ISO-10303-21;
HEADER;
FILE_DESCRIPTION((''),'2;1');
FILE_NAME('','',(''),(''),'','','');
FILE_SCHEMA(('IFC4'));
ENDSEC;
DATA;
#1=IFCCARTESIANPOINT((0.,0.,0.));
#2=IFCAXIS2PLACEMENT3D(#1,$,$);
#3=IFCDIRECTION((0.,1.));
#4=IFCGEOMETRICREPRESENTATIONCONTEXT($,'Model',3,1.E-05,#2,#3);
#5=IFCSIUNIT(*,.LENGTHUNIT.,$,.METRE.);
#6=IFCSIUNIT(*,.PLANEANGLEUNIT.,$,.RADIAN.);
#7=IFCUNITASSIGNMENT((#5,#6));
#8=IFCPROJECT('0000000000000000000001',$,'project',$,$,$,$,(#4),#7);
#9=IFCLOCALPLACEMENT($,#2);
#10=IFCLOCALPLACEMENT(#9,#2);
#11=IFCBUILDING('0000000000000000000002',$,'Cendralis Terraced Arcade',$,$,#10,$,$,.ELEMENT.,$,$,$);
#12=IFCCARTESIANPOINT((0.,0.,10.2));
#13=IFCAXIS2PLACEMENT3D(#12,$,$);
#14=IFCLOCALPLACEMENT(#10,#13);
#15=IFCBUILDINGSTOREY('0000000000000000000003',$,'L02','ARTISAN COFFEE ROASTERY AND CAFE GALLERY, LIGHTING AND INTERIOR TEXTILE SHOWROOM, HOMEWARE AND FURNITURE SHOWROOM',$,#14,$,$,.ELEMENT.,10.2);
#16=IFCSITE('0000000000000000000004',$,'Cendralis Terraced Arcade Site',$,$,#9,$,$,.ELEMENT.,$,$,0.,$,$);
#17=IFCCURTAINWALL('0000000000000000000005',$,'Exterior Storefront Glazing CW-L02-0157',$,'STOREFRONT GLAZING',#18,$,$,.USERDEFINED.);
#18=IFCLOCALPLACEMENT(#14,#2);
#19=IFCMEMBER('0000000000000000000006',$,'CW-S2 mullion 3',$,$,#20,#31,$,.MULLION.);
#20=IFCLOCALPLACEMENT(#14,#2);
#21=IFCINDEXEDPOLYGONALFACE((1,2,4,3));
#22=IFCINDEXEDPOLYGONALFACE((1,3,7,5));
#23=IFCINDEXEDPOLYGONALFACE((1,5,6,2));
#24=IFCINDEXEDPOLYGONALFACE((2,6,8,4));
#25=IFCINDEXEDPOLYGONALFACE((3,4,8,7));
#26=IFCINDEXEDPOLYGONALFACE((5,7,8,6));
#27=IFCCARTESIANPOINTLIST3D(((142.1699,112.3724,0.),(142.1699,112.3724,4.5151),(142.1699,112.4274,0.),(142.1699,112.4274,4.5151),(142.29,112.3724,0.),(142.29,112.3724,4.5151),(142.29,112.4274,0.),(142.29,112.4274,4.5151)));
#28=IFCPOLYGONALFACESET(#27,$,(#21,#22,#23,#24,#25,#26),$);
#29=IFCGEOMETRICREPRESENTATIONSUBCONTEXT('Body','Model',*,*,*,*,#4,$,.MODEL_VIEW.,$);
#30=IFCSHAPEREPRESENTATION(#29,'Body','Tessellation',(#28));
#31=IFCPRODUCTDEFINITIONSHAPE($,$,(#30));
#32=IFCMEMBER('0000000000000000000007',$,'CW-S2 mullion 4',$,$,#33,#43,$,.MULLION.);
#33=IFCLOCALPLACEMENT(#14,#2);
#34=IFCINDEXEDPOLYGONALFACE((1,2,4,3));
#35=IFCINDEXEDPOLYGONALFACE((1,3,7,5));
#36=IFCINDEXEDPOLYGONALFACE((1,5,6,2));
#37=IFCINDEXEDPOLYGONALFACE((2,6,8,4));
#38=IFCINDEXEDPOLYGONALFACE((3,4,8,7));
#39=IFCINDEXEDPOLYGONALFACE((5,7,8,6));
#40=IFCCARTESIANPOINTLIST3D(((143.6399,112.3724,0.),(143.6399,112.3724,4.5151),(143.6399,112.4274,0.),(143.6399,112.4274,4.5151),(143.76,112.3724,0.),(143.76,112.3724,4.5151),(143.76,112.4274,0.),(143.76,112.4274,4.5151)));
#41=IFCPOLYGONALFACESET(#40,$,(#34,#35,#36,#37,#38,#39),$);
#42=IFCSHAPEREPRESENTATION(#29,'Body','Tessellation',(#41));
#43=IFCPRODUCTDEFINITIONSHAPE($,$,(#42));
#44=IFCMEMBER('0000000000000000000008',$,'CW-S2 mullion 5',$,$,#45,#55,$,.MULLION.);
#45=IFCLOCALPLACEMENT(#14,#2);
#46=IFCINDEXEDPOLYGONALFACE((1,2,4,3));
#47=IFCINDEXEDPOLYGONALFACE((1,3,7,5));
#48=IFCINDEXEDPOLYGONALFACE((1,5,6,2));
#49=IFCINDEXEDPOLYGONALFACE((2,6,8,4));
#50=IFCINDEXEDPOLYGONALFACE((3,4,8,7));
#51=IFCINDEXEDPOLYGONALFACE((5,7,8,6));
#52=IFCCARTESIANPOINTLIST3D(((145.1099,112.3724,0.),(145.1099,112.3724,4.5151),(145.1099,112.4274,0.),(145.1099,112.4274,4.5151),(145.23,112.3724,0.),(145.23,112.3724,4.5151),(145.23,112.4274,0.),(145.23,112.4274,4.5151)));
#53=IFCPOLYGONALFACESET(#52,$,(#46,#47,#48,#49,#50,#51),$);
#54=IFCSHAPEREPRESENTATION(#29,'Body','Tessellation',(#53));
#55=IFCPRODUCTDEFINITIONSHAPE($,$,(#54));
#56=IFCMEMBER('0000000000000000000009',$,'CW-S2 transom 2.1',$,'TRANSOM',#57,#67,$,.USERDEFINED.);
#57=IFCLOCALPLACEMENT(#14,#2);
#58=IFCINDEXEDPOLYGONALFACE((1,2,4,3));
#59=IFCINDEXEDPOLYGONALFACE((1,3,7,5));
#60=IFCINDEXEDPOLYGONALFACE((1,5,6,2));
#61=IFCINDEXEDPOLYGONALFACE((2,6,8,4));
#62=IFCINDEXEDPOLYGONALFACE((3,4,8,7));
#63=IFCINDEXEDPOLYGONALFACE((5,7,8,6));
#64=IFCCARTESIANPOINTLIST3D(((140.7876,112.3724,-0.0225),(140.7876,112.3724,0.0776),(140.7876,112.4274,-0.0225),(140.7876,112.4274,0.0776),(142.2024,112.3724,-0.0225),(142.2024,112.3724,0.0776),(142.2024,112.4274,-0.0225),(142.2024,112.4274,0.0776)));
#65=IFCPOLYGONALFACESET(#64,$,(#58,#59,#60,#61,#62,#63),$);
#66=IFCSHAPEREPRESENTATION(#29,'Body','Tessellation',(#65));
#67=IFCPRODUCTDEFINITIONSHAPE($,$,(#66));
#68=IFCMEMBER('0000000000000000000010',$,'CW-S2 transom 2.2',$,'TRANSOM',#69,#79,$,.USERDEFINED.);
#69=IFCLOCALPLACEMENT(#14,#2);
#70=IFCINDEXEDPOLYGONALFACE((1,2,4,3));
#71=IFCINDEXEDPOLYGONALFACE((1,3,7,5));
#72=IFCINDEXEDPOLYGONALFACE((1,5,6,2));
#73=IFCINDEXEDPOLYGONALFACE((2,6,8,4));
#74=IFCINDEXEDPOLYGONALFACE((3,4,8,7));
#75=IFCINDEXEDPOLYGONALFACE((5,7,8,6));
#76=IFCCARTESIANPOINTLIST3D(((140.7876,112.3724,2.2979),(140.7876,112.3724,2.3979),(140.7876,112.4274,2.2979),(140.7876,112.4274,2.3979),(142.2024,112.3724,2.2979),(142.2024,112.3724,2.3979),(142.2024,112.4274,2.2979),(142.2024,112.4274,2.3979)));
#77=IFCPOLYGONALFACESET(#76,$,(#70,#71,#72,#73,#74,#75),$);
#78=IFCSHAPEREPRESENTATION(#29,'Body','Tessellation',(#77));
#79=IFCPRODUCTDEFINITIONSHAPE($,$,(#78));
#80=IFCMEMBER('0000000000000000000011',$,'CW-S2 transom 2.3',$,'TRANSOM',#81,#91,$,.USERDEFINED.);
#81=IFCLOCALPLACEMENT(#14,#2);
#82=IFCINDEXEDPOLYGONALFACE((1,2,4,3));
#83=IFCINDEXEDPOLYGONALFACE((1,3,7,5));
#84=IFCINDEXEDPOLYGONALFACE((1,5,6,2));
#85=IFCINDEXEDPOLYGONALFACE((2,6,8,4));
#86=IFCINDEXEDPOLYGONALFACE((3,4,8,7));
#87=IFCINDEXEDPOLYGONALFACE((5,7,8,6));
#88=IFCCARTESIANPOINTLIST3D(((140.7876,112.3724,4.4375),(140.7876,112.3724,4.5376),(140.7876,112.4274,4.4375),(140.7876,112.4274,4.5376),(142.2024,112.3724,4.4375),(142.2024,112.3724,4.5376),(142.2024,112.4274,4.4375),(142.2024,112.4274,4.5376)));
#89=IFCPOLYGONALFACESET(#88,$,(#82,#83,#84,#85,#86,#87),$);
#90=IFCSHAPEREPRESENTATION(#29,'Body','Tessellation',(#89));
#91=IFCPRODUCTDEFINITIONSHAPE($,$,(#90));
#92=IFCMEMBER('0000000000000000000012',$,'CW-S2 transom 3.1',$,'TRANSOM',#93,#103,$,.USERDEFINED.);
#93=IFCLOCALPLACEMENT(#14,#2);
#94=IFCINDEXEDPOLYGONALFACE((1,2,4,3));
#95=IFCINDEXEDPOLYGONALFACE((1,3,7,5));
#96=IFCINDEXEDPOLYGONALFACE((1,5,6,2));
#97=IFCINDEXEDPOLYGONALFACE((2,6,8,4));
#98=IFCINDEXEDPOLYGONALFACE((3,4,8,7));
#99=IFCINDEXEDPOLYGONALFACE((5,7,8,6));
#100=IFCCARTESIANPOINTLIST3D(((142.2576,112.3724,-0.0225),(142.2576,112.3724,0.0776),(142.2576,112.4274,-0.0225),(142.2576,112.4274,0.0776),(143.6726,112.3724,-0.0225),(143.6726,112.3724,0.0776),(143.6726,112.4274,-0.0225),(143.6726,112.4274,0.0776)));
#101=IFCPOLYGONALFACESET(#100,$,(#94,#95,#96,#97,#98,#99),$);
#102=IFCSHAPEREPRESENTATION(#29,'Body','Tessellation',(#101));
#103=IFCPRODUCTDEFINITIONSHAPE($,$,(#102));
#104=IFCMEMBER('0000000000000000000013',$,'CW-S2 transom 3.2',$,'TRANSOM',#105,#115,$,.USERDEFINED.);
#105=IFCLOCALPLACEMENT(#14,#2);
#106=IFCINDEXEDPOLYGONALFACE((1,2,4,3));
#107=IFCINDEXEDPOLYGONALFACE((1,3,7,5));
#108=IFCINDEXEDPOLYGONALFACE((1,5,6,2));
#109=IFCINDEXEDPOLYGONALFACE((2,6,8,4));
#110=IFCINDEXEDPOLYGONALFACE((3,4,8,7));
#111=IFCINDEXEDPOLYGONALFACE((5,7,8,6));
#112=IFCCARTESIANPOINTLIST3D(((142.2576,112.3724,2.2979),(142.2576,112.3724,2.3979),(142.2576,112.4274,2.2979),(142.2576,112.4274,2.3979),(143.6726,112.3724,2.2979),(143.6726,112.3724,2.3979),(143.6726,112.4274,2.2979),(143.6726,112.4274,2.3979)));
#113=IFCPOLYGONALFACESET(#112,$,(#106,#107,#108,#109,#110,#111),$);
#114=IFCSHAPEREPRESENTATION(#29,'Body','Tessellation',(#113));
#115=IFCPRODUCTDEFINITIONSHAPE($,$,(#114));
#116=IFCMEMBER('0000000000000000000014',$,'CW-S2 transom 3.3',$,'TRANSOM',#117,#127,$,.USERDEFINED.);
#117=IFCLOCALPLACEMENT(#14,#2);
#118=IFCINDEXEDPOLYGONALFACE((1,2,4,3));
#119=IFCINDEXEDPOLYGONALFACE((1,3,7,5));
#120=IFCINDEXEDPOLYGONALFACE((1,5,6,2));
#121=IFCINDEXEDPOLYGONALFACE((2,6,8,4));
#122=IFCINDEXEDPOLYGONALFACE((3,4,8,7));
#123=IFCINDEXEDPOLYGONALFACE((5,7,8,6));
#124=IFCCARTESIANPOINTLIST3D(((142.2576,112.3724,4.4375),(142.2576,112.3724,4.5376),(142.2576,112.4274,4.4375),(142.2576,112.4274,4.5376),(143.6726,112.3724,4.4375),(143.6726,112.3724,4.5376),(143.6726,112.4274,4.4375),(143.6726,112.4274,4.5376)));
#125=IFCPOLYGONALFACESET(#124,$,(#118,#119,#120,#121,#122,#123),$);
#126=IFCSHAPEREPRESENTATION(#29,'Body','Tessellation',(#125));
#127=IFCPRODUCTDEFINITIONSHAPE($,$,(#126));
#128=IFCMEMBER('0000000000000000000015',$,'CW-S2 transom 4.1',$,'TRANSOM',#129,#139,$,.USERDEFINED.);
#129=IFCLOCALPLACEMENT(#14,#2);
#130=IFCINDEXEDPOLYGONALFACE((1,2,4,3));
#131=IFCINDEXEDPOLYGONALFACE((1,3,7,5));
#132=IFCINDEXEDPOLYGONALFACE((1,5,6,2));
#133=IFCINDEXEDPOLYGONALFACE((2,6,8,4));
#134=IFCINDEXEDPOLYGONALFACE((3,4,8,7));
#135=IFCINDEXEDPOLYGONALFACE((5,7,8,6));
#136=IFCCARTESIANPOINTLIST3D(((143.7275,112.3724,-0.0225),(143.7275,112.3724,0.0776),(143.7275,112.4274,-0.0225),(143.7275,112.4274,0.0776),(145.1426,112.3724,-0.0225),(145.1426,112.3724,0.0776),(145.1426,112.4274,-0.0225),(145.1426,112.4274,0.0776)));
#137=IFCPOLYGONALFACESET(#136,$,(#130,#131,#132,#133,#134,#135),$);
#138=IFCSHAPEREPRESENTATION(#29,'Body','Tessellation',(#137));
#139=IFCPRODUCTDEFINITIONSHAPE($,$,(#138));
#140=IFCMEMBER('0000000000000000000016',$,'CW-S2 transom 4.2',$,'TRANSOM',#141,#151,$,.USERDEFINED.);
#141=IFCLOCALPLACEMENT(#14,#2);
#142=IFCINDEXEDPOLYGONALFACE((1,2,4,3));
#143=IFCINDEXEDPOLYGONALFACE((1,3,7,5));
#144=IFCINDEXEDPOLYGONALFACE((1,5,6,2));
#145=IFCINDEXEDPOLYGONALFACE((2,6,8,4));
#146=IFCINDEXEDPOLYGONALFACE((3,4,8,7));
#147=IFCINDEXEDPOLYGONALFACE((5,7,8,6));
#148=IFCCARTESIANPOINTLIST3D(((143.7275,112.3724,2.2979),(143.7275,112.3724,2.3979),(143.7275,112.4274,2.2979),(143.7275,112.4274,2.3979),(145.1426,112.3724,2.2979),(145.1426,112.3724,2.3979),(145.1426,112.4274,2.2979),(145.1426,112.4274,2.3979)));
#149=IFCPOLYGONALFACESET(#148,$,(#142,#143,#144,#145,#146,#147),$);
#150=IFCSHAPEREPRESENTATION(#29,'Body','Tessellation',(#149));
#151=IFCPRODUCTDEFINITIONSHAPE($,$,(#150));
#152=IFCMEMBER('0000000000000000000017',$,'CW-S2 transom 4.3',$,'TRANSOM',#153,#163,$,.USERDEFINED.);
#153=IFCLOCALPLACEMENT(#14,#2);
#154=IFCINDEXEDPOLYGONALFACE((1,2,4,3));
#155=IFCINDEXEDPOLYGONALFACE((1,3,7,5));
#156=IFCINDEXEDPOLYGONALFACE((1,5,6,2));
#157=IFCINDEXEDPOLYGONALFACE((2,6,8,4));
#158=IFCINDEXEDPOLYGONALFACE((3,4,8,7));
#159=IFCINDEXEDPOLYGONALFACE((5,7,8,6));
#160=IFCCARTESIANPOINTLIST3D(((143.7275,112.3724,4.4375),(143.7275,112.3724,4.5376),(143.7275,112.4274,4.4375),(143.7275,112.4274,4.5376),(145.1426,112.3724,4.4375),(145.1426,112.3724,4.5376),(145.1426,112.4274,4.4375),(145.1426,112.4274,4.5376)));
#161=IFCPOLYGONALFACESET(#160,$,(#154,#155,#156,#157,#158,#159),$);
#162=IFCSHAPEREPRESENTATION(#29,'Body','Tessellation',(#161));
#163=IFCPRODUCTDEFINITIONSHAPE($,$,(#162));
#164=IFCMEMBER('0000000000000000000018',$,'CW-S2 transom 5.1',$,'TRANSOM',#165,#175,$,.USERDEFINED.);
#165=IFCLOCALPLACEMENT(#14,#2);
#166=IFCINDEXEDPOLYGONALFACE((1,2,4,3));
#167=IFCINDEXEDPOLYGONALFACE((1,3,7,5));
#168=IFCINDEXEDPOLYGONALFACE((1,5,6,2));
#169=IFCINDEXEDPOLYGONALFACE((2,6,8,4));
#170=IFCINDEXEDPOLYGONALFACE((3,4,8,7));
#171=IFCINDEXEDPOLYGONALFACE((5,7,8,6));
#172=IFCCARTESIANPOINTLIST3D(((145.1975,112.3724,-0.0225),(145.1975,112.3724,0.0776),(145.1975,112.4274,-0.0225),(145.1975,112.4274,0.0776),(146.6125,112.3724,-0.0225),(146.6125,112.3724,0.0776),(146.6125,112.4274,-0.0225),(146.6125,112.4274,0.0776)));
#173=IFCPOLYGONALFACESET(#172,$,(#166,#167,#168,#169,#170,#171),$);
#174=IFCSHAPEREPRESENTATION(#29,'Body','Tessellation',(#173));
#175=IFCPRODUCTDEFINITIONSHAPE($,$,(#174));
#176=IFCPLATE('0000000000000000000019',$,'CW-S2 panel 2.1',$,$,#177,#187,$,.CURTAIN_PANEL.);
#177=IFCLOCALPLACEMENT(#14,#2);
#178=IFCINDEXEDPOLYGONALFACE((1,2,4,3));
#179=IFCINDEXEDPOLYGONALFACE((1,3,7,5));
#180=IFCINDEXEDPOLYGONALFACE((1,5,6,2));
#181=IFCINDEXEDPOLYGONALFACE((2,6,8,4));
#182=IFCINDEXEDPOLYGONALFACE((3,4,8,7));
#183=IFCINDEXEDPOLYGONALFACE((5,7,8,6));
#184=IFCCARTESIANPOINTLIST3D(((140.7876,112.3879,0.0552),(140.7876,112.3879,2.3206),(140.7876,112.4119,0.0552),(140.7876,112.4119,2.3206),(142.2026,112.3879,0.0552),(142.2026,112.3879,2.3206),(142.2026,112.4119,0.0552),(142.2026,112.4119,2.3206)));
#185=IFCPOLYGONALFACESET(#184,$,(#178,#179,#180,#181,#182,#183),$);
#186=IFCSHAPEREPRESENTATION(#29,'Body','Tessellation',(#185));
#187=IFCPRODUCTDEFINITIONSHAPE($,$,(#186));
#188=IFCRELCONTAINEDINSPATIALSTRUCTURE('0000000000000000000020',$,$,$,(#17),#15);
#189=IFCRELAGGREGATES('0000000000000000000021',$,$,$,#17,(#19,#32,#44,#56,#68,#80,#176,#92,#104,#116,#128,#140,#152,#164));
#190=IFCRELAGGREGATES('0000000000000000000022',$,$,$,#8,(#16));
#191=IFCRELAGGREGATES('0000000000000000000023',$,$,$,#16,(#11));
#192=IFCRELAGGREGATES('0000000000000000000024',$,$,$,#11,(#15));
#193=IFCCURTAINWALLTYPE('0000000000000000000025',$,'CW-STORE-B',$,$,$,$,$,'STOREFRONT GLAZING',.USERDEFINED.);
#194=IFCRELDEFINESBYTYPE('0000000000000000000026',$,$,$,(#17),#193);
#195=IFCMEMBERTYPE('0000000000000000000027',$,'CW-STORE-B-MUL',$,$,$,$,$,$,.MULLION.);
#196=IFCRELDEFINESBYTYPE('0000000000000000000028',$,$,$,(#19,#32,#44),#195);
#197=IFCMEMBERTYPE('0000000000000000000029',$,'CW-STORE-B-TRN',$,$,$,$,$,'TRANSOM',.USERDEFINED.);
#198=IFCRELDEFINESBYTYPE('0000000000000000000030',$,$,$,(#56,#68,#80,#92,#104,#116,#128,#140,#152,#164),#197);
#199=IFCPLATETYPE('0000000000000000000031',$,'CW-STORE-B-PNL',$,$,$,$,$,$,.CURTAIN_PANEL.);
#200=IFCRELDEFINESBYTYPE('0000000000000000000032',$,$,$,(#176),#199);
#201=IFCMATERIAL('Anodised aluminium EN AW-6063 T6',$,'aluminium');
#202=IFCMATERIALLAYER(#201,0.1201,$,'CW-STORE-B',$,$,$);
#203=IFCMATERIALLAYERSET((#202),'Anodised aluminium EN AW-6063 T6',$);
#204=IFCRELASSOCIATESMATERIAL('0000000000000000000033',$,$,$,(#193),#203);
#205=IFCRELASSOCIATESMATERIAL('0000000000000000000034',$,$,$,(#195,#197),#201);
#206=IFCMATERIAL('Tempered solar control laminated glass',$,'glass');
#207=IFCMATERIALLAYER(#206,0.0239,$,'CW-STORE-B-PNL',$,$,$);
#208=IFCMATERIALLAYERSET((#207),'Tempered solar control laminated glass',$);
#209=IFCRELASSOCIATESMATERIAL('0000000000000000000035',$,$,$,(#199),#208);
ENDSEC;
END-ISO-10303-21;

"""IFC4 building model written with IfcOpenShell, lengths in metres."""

from ifc_helpers import new_model, si_unit, direction, frame, origin, origin_2d, place, context, subcontext, project, spatial, rectangle, extrude, material, layer, layer_set, material_profile, profile_set, type_object, element, aggregate, save


model = new_model("IFC4")

# Units and contexts
model_context = context("Model", 3, precision=1e-05, world=origin(), true_north=direction((0.0, 1.0)))
body_context = subcontext(model_context, "Body", "Model", "MODEL_VIEW")
ifc_project = project(units=[si_unit("LENGTHUNIT", "METRE"), si_unit("PLANEANGLEUNIT", "RADIAN")], contexts=[model_context])

# Site, building, storey
site_placement = place(None, origin())
site = spatial("IfcSite", under=ifc_project, at=site_placement, Name="Cendralis Terraced Arcade Site", CompositionType="ELEMENT", RefElevation=0.0)
building_placement = place(site_placement, origin())
building = spatial("IfcBuilding", under=site, at=building_placement, Name="Cendralis Terraced Arcade", CompositionType="ELEMENT")
storey_placement = place(building_placement, frame((0.0, 0.0, 10.2)))
storey = spatial("IfcBuildingStorey", under=building, at=storey_placement, Name="L02", Description="ARTISAN COFFEE ROASTERY AND CAFE GALLERY, LIGHTING AND INTERIOR TEXTILE SHOWROOM, HOMEWARE AND FURNITURE SHOWROOM", CompositionType="ELEMENT", Elevation=10.2)

# Curtain wall, members, plate
ifc_material_1 = material(Name="Anodised aluminium EN AW-6063 T6", Category="aluminium")
ifc_layer_1 = layer(ifc_material_1, 0.1201, Name="CW-STORE-B")
ifc_layer_set_1 = layer_set([ifc_layer_1], Name="Anodised aluminium EN AW-6063 T6")
curtain_wall_type = type_object("IfcCurtainWallType", Name="CW-STORE-B", ElementType="STOREFRONT GLAZING", PredefinedType="USERDEFINED", material=ifc_layer_set_1)
curtain_wall_placement = place(storey_placement, origin())
curtain_wall = element("IfcCurtainWall", 1, at=curtain_wall_placement, inside=storey, type_object=curtain_wall_type, Name="Exterior Storefront Glazing CW-L02-0157", ObjectType="STOREFRONT GLAZING", PredefinedType="USERDEFINED")
ifc_material_profile_1 = material_profile(ifc_material_1, rectangle(XDim=0.0549, YDim=0.1201, at=origin_2d()), Name="ALU-MUL-55x120")
ifc_profile_set_1 = profile_set([ifc_material_profile_1], Name="Anodised aluminium EN AW-6063 T6")
member_type_1 = type_object("IfcMemberType", Name="CW-STORE-B-MUL", PredefinedType="MULLION", material=ifc_profile_set_1)
member_1_placement = place(storey_placement, frame((142.23, 112.3999, 0.0), z_axis=(0.0, 0.0, 1.0), x_axis=(0.0, 1.0, 0.0)))
member_1 = element("IfcMember", 2, at=member_1_placement, type_object=member_type_1, Name="CW-S2 mullion 3", PredefinedType="MULLION", context=body_context, shape_type="SweptSolid", body=[
    extrude(rectangle(XDim=0.0549, YDim=0.1201, at=origin_2d()), origin(), (0.0, 0.0, 1.0), 4.5151),
])
member_2_placement = place(storey_placement, frame((143.7, 112.3999, 0.0), z_axis=(0.0, 0.0, 1.0), x_axis=(0.0, 1.0, 0.0)))
member_2 = element("IfcMember", 3, at=member_2_placement, type_object=member_type_1, Name="CW-S2 mullion 4", PredefinedType="MULLION", context=body_context, shape_type="SweptSolid", body=[
    extrude(rectangle(XDim=0.0549, YDim=0.1201, at=origin_2d()), origin(), (0.0, 0.0, 1.0), 4.5151),
])
member_3_placement = place(storey_placement, frame((145.1699, 112.3999, 0.0), z_axis=(0.0, 0.0, 1.0), x_axis=(0.0, 1.0, 0.0)))
member_3 = element("IfcMember", 4, at=member_3_placement, type_object=member_type_1, Name="CW-S2 mullion 5", PredefinedType="MULLION", context=body_context, shape_type="SweptSolid", body=[
    extrude(rectangle(XDim=0.0549, YDim=0.1201, at=origin_2d()), origin(), (0.0, 0.0, 1.0), 4.5151),
])
ifc_material_profile_2 = material_profile(ifc_material_1, rectangle(XDim=0.0549, YDim=0.1001, at=origin_2d()), Name="ALU-TRN-55x100")
ifc_profile_set_2 = profile_set([ifc_material_profile_2], Name="Anodised aluminium EN AW-6063 T6")
member_type_2 = type_object("IfcMemberType", Name="CW-STORE-B-TRN", ElementType="TRANSOM", PredefinedType="USERDEFINED", material=ifc_profile_set_2)
member_4_placement = place(storey_placement, frame((140.7876, 112.3999, 0.0276), z_axis=(1.0, 0.0, 0.0), x_axis=(0.0, 1.0, 0.0)))
member_4 = element("IfcMember", 5, at=member_4_placement, type_object=member_type_2, Name="CW-S2 transom 2.1", ObjectType="TRANSOM", PredefinedType="USERDEFINED", context=body_context, shape_type="SweptSolid", body=[
    extrude(rectangle(XDim=0.0549, YDim=0.1001, at=origin_2d()), origin(), (0.0, 0.0, 1.0), 1.4148),
])
member_5_placement = place(storey_placement, frame((140.7876, 112.3999, 2.3479), z_axis=(1.0, 0.0, 0.0), x_axis=(0.0, 1.0, 0.0)))
member_5 = element("IfcMember", 6, at=member_5_placement, type_object=member_type_2, Name="CW-S2 transom 2.2", ObjectType="TRANSOM", PredefinedType="USERDEFINED", context=body_context, shape_type="SweptSolid", body=[
    extrude(rectangle(XDim=0.0549, YDim=0.1001, at=origin_2d()), origin(), (0.0, 0.0, 1.0), 1.4148),
])
member_6_placement = place(storey_placement, frame((140.7876, 112.3999, 4.4875), z_axis=(1.0, 0.0, 0.0), x_axis=(0.0, 1.0, 0.0)))
member_6 = element("IfcMember", 7, at=member_6_placement, type_object=member_type_2, Name="CW-S2 transom 2.3", ObjectType="TRANSOM", PredefinedType="USERDEFINED", context=body_context, shape_type="SweptSolid", body=[
    extrude(rectangle(XDim=0.0549, YDim=0.1001, at=origin_2d()), origin(), (0.0, 0.0, 1.0), 1.4148),
])
member_7_placement = place(storey_placement, frame((142.2576, 112.3999, 0.0276), z_axis=(1.0, 0.0, 0.0), x_axis=(0.0, 1.0, 0.0)))
member_7 = element("IfcMember", 8, at=member_7_placement, type_object=member_type_2, Name="CW-S2 transom 3.1", ObjectType="TRANSOM", PredefinedType="USERDEFINED", context=body_context, shape_type="SweptSolid", body=[
    extrude(rectangle(XDim=0.0549, YDim=0.1001, at=origin_2d()), origin(), (0.0, 0.0, 1.0), 1.415),
])
member_8_placement = place(storey_placement, frame((142.2576, 112.3999, 2.3479), z_axis=(1.0, 0.0, 0.0), x_axis=(0.0, 1.0, 0.0)))
member_8 = element("IfcMember", 9, at=member_8_placement, type_object=member_type_2, Name="CW-S2 transom 3.2", ObjectType="TRANSOM", PredefinedType="USERDEFINED", context=body_context, shape_type="SweptSolid", body=[
    extrude(rectangle(XDim=0.0549, YDim=0.1001, at=origin_2d()), origin(), (0.0, 0.0, 1.0), 1.415),
])
member_9_placement = place(storey_placement, frame((142.2576, 112.3999, 4.4875), z_axis=(1.0, 0.0, 0.0), x_axis=(0.0, 1.0, 0.0)))
member_9 = element("IfcMember", 10, at=member_9_placement, type_object=member_type_2, Name="CW-S2 transom 3.3", ObjectType="TRANSOM", PredefinedType="USERDEFINED", context=body_context, shape_type="SweptSolid", body=[
    extrude(rectangle(XDim=0.0549, YDim=0.1001, at=origin_2d()), origin(), (0.0, 0.0, 1.0), 1.415),
])
member_10_placement = place(storey_placement, frame((143.7275, 112.3999, 0.0276), z_axis=(1.0, 0.0, 0.0), x_axis=(0.0, 1.0, 0.0)))
member_10 = element("IfcMember", 11, at=member_10_placement, type_object=member_type_2, Name="CW-S2 transom 4.1", ObjectType="TRANSOM", PredefinedType="USERDEFINED", context=body_context, shape_type="SweptSolid", body=[
    extrude(rectangle(XDim=0.0549, YDim=0.1001, at=origin_2d()), origin(), (0.0, 0.0, 1.0), 1.415),
])
member_11_placement = place(storey_placement, frame((143.7275, 112.3999, 2.3479), z_axis=(1.0, 0.0, 0.0), x_axis=(0.0, 1.0, 0.0)))
member_11 = element("IfcMember", 12, at=member_11_placement, type_object=member_type_2, Name="CW-S2 transom 4.2", ObjectType="TRANSOM", PredefinedType="USERDEFINED", context=body_context, shape_type="SweptSolid", body=[
    extrude(rectangle(XDim=0.0549, YDim=0.1001, at=origin_2d()), origin(), (0.0, 0.0, 1.0), 1.415),
])
member_12_placement = place(storey_placement, frame((143.7275, 112.3999, 4.4875), z_axis=(1.0, 0.0, 0.0), x_axis=(0.0, 1.0, 0.0)))
member_12 = element("IfcMember", 13, at=member_12_placement, type_object=member_type_2, Name="CW-S2 transom 4.3", ObjectType="TRANSOM", PredefinedType="USERDEFINED", context=body_context, shape_type="SweptSolid", body=[
    extrude(rectangle(XDim=0.0549, YDim=0.1001, at=origin_2d()), origin(), (0.0, 0.0, 1.0), 1.415),
])
member_13_placement = place(storey_placement, frame((145.1975, 112.3999, 0.0276), z_axis=(1.0, 0.0, 0.0), x_axis=(0.0, 1.0, 0.0)))
member_13 = element("IfcMember", 14, at=member_13_placement, type_object=member_type_2, Name="CW-S2 transom 5.1", ObjectType="TRANSOM", PredefinedType="USERDEFINED", context=body_context, shape_type="SweptSolid", body=[
    extrude(rectangle(XDim=0.0549, YDim=0.1001, at=origin_2d()), origin(), (0.0, 0.0, 1.0), 1.415),
])
ifc_material_2 = material(Name="Tempered solar control laminated glass", Category="glass")
ifc_layer_2 = layer(ifc_material_2, 0.0239, Name="CW-STORE-B-PNL")
ifc_layer_set_2 = layer_set([ifc_layer_2], Name="Tempered solar control laminated glass")
plate_type = type_object("IfcPlateType", Name="CW-STORE-B-PNL", PredefinedType="CURTAIN_PANEL", material=ifc_layer_set_2)
plate_1_placement = place(storey_placement, frame((141.4951, 112.3999, 0.0552), z_axis=(0.0, 0.0, 1.0), x_axis=(1.0, 0.0, 0.0)))
plate_1 = element("IfcPlate", 15, at=plate_1_placement, type_object=plate_type, Name="CW-S2 panel 2.1", PredefinedType="CURTAIN_PANEL", context=body_context, shape_type="SweptSolid", body=[
    extrude(rectangle(XDim=1.415, YDim=0.0239, at=origin_2d()), origin(), (0.0, 0.0, 1.0), 2.2654),
])
aggregate(curtain_wall, [member_1, member_2, member_3, member_4, member_5, member_6, plate_1, member_7, member_8, member_9, member_10, member_11, member_12, member_13])

save(model, "model.ifc")
